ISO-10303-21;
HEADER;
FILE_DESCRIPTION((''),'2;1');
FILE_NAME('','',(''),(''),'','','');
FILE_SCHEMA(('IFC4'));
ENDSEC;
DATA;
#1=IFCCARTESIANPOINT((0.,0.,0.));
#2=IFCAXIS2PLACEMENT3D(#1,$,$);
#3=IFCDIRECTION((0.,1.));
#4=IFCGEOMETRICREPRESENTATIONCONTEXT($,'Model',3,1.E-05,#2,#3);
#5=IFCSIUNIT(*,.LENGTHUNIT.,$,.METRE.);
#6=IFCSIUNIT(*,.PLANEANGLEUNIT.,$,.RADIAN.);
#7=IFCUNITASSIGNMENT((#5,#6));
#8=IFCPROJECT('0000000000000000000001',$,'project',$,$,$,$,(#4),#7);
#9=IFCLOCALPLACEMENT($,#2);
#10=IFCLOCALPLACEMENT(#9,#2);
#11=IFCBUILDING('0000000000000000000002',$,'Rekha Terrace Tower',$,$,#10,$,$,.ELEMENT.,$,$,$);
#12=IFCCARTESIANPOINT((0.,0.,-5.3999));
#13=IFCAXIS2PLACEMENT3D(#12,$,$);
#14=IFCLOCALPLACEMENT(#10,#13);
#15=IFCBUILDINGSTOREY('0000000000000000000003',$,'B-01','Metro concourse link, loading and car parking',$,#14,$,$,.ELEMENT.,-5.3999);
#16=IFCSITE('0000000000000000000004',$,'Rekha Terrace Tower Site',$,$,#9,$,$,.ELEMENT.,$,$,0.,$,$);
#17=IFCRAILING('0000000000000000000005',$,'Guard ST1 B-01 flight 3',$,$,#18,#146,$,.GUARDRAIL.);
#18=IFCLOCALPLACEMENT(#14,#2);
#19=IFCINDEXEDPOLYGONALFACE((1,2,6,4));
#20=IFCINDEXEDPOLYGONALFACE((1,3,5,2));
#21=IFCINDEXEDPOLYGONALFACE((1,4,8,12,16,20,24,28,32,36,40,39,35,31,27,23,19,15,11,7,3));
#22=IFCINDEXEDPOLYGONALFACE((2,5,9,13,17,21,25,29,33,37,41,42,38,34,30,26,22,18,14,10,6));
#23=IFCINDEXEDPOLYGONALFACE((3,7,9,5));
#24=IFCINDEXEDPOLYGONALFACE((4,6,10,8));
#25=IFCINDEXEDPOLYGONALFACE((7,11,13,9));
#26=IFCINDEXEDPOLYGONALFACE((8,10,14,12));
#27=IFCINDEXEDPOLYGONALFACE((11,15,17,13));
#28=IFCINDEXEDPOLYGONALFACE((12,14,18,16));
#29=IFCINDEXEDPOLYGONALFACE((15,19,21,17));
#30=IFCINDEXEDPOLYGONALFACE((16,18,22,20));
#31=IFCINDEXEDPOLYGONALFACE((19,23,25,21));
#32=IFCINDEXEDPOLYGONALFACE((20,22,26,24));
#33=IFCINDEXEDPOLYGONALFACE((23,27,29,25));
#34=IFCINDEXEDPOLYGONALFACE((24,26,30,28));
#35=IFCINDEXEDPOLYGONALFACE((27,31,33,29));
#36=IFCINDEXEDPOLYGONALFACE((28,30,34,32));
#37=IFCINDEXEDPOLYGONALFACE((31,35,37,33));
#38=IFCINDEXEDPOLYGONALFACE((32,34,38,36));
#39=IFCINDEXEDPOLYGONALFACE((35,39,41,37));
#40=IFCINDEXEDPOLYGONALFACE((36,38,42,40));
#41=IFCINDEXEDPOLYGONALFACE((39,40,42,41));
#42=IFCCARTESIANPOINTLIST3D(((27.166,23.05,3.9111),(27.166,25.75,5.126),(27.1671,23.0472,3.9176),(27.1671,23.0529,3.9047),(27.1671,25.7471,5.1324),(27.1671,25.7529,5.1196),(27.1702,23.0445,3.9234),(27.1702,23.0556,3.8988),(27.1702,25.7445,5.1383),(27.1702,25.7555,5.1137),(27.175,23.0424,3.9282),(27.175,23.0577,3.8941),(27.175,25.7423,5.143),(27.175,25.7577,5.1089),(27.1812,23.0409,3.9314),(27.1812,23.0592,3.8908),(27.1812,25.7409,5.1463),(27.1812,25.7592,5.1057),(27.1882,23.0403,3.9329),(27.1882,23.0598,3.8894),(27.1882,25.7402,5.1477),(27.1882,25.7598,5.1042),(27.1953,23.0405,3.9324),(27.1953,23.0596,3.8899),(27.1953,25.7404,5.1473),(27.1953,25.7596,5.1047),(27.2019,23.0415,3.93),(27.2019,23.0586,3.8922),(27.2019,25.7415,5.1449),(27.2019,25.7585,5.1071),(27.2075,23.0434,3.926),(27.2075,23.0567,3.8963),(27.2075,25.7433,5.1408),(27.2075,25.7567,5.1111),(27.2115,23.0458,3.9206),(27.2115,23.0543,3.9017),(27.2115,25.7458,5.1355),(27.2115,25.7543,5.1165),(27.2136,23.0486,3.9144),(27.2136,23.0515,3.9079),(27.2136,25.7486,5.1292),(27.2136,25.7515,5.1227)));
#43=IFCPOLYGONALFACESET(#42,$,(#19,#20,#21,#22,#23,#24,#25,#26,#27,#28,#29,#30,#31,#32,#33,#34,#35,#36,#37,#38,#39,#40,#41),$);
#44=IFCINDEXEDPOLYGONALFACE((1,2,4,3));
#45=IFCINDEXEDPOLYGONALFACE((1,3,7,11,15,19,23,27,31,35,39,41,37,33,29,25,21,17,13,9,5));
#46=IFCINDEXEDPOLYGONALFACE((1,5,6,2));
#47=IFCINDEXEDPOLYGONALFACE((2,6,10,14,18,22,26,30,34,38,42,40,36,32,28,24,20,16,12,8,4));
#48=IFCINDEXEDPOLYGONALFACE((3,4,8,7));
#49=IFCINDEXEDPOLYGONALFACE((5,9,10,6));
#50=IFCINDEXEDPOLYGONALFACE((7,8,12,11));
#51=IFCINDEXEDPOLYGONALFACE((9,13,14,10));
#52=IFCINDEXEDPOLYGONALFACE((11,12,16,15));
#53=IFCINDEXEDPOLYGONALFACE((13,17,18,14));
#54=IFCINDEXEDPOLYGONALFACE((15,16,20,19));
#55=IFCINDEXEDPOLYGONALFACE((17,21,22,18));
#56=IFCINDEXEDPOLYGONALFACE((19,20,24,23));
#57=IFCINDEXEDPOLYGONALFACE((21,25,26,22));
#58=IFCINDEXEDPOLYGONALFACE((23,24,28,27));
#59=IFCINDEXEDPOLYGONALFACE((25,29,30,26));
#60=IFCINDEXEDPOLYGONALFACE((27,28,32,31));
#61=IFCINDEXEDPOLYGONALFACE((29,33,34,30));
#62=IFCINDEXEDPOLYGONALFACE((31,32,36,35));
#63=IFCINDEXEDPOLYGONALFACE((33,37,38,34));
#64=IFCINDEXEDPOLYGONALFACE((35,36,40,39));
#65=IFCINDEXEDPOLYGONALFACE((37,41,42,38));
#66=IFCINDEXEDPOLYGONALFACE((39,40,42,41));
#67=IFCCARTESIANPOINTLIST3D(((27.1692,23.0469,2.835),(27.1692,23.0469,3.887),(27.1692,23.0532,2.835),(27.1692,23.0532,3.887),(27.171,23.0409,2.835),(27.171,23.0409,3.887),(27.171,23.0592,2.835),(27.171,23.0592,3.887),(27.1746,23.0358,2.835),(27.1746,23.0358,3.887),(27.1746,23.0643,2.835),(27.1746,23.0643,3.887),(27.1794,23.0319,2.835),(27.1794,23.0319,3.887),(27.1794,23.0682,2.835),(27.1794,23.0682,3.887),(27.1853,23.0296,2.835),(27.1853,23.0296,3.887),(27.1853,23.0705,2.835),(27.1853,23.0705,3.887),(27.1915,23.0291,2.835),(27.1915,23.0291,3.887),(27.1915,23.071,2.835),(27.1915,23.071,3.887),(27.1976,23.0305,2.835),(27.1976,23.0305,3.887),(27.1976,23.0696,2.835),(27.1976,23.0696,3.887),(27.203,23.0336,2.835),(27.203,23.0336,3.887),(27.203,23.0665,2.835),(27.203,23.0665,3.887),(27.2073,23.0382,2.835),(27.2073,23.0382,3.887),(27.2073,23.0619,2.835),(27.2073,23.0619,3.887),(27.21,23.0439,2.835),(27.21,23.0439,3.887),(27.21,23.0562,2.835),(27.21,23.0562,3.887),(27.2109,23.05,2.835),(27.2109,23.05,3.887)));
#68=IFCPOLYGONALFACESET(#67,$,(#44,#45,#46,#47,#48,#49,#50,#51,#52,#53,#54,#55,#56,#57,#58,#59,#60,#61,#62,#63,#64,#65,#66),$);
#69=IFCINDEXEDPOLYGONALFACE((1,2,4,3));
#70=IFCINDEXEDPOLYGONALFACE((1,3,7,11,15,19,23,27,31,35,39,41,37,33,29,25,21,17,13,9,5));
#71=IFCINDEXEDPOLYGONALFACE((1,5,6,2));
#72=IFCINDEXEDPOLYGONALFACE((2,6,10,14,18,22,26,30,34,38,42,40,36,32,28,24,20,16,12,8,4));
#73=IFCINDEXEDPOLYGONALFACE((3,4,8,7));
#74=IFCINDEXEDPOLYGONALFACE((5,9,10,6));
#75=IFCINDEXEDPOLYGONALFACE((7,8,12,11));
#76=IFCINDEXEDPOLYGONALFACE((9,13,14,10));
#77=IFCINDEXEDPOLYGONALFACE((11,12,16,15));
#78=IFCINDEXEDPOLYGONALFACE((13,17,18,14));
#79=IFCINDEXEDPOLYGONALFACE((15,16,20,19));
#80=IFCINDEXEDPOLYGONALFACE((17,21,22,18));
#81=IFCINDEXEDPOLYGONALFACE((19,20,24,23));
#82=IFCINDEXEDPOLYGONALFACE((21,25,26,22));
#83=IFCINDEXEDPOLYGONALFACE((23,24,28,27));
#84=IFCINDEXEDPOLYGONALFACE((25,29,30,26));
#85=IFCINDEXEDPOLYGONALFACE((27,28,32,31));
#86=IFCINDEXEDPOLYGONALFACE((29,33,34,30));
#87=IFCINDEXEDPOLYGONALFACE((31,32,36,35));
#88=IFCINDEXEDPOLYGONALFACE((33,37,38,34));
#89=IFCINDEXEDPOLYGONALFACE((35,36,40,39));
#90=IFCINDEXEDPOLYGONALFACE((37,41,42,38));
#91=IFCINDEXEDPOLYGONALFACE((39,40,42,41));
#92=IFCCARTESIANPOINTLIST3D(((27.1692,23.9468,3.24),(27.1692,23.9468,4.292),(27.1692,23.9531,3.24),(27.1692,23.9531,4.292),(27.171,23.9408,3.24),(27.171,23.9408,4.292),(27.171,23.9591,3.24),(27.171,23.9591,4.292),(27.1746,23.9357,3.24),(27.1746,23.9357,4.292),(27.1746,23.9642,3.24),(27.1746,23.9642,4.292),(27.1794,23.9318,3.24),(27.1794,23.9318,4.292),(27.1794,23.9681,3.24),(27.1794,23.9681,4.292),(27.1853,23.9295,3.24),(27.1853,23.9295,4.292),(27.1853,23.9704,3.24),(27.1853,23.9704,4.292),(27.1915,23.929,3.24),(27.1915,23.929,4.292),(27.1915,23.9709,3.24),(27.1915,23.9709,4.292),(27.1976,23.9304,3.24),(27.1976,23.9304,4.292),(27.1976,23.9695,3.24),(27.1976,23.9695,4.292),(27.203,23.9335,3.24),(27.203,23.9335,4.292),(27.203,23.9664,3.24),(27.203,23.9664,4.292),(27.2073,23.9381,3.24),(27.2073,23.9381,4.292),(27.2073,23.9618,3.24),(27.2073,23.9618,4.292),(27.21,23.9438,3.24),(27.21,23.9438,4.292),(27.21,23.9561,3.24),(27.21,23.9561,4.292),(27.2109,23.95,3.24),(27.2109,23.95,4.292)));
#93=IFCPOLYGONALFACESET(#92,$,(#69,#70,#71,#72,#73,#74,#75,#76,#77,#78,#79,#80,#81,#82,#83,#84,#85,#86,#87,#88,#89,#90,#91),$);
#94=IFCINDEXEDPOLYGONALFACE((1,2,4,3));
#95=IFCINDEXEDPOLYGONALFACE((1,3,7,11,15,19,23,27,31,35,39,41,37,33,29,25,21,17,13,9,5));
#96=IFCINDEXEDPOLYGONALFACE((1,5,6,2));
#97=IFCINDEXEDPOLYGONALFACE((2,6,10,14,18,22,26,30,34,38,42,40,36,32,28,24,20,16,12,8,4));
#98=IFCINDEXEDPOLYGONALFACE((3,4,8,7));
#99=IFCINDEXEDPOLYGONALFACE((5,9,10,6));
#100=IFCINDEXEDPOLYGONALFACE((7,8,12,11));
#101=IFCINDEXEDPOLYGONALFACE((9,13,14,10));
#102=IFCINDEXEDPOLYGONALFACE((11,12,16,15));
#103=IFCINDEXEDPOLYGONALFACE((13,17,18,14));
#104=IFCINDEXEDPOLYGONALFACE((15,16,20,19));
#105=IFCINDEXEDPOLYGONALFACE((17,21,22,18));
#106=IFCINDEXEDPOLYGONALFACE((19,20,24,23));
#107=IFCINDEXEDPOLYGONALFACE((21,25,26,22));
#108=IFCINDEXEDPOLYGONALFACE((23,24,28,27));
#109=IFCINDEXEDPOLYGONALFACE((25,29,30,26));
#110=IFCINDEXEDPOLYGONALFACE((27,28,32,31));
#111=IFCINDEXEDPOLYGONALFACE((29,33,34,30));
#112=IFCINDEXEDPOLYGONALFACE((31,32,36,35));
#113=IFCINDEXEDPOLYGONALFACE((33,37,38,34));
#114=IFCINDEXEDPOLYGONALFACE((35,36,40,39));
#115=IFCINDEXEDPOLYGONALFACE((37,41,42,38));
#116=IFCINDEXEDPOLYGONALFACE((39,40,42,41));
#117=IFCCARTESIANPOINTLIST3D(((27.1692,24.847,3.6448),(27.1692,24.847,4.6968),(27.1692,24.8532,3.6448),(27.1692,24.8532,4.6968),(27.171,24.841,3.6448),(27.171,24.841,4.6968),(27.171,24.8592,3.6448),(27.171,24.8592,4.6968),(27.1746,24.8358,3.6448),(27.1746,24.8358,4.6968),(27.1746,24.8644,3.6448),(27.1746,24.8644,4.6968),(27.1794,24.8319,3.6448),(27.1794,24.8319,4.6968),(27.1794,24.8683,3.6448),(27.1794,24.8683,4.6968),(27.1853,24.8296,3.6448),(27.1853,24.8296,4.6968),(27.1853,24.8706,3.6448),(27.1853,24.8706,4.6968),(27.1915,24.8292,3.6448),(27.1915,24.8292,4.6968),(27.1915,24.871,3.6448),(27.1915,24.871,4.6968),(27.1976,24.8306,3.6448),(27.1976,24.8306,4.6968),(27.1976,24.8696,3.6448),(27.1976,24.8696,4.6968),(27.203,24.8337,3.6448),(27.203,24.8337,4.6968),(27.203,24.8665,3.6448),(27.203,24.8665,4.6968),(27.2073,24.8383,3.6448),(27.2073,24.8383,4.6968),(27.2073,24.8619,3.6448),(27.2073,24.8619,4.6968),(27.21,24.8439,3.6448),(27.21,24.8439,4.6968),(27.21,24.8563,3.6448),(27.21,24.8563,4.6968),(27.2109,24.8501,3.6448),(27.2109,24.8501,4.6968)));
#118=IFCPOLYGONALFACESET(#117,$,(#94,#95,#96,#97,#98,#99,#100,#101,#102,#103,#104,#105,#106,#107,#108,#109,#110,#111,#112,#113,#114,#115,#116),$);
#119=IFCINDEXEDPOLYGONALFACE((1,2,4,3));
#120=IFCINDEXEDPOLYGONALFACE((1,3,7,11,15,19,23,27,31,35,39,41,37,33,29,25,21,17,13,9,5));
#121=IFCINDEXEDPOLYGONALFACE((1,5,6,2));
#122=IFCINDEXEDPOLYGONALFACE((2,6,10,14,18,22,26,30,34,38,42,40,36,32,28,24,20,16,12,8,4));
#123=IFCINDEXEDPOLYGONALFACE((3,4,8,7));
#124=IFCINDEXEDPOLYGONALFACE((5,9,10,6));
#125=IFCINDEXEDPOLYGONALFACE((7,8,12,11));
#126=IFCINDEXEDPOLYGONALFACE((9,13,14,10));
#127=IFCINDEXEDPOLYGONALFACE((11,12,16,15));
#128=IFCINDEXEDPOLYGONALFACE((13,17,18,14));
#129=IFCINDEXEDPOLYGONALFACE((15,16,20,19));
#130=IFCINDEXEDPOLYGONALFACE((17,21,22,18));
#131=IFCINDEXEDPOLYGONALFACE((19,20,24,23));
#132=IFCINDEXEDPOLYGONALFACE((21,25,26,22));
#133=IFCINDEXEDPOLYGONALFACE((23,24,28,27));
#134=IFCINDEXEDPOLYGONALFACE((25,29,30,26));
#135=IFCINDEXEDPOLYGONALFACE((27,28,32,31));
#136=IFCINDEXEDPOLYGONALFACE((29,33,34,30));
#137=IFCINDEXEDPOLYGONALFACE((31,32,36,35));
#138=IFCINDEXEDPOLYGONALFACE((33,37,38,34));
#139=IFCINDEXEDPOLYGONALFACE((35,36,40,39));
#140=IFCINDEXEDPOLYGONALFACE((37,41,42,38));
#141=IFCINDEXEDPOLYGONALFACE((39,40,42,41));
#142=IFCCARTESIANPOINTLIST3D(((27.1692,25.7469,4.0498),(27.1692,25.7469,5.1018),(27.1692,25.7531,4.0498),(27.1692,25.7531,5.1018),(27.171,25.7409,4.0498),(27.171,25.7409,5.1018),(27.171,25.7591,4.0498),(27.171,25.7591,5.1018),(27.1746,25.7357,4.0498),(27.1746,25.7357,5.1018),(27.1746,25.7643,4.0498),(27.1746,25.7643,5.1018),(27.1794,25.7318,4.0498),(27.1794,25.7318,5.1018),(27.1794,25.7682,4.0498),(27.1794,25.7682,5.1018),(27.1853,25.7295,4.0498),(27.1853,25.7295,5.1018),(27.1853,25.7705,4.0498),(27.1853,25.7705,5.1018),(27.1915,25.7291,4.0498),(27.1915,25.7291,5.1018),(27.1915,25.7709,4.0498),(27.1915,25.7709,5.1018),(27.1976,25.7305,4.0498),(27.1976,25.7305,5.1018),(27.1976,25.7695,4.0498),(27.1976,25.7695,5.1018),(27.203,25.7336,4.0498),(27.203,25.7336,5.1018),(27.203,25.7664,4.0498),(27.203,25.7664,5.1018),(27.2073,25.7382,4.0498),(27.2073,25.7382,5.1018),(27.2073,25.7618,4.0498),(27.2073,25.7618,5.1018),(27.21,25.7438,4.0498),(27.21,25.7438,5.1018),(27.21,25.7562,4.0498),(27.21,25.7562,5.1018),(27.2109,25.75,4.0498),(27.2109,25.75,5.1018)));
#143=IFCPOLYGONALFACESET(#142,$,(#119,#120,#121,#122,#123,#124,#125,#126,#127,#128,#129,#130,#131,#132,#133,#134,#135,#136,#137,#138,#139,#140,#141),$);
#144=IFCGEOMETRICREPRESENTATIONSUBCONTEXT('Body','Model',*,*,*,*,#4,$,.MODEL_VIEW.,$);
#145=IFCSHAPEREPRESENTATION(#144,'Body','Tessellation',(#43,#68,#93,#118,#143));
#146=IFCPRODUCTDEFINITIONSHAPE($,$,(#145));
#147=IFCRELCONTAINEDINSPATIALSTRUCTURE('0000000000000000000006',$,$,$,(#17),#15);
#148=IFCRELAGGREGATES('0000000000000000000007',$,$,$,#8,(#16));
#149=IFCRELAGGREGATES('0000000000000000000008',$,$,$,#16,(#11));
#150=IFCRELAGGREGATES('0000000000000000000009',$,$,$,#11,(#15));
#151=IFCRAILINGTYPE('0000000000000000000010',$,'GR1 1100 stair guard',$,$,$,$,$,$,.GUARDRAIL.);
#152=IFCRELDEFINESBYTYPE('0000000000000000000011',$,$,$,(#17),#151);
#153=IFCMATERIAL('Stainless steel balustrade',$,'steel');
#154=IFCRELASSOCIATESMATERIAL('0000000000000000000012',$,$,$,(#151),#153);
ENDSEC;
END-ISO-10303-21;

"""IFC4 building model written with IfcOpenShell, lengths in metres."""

from ifc_helpers import new_model, si_unit, direction, frame, origin, origin_2d, place, context, subcontext, project, spatial, circle, extrude, material, type_object, element, save


model = new_model("IFC4")

# Units and contexts
model_context = context("Model", 3, precision=1e-05, world=origin(), true_north=direction((0.0, 1.0)))
body_context = subcontext(model_context, "Body", "Model", "MODEL_VIEW")
ifc_project = project(units=[si_unit("LENGTHUNIT", "METRE"), si_unit("PLANEANGLEUNIT", "RADIAN")], contexts=[model_context])

# Site, building, storey
site_placement = place(None, origin())
site = spatial("IfcSite", under=ifc_project, at=site_placement, Name="Rekha Terrace Tower Site", CompositionType="ELEMENT", RefElevation=0.0)
building_placement = place(site_placement, origin())
building = spatial("IfcBuilding", under=site, at=building_placement, Name="Rekha Terrace Tower", CompositionType="ELEMENT")
storey_placement = place(building_placement, frame((0.0, 0.0, -5.3999)))
storey = spatial("IfcBuildingStorey", under=building, at=storey_placement, Name="B-01", Description="Metro concourse link, loading and car parking", CompositionType="ELEMENT", Elevation=-5.3999)

# Railing
ifc_material_1 = material(Name="Stainless steel balustrade", Category="steel")
railing_type_1 = type_object("IfcRailingType", Name="GR1 1100 stair guard", PredefinedType="GUARDRAIL", material=ifc_material_1)
railing_1_placement = place(storey_placement, frame((27.1899, 23.05, 2.835)))
element("IfcRailing", 1, at=railing_1_placement, inside=storey, type_object=railing_type_1, Name="Guard ST1 B-01 flight 3", PredefinedType="GUARDRAIL", context=body_context, shape_type="SweptSolid", body=[
    extrude(circle(Radius=0.0239, at=origin_2d()), frame((0.0, 0.0, 1.0762), z_axis=(0.0, 0.911938, 0.410327), x_axis=(-1.0, 0.0, 0.0)), (0.0, 0.0, 1.0), 2.9607),
    extrude(circle(Radius=0.021, at=origin_2d()), origin(), (0.0, 0.0, 1.0), 1.052),
    extrude(circle(Radius=0.021, at=origin_2d()), frame((0.0, 0.8999, 0.405)), (0.0, 0.0, 1.0), 1.052),
    extrude(circle(Radius=0.021, at=origin_2d()), frame((0.0, 1.8, 0.8098)), (0.0, 0.0, 1.0), 1.052),
    extrude(circle(Radius=0.021, at=origin_2d()), frame((0.0, 2.7, 1.2148)), (0.0, 0.0, 1.0), 1.052),
])

save(model, "model.ifc")
